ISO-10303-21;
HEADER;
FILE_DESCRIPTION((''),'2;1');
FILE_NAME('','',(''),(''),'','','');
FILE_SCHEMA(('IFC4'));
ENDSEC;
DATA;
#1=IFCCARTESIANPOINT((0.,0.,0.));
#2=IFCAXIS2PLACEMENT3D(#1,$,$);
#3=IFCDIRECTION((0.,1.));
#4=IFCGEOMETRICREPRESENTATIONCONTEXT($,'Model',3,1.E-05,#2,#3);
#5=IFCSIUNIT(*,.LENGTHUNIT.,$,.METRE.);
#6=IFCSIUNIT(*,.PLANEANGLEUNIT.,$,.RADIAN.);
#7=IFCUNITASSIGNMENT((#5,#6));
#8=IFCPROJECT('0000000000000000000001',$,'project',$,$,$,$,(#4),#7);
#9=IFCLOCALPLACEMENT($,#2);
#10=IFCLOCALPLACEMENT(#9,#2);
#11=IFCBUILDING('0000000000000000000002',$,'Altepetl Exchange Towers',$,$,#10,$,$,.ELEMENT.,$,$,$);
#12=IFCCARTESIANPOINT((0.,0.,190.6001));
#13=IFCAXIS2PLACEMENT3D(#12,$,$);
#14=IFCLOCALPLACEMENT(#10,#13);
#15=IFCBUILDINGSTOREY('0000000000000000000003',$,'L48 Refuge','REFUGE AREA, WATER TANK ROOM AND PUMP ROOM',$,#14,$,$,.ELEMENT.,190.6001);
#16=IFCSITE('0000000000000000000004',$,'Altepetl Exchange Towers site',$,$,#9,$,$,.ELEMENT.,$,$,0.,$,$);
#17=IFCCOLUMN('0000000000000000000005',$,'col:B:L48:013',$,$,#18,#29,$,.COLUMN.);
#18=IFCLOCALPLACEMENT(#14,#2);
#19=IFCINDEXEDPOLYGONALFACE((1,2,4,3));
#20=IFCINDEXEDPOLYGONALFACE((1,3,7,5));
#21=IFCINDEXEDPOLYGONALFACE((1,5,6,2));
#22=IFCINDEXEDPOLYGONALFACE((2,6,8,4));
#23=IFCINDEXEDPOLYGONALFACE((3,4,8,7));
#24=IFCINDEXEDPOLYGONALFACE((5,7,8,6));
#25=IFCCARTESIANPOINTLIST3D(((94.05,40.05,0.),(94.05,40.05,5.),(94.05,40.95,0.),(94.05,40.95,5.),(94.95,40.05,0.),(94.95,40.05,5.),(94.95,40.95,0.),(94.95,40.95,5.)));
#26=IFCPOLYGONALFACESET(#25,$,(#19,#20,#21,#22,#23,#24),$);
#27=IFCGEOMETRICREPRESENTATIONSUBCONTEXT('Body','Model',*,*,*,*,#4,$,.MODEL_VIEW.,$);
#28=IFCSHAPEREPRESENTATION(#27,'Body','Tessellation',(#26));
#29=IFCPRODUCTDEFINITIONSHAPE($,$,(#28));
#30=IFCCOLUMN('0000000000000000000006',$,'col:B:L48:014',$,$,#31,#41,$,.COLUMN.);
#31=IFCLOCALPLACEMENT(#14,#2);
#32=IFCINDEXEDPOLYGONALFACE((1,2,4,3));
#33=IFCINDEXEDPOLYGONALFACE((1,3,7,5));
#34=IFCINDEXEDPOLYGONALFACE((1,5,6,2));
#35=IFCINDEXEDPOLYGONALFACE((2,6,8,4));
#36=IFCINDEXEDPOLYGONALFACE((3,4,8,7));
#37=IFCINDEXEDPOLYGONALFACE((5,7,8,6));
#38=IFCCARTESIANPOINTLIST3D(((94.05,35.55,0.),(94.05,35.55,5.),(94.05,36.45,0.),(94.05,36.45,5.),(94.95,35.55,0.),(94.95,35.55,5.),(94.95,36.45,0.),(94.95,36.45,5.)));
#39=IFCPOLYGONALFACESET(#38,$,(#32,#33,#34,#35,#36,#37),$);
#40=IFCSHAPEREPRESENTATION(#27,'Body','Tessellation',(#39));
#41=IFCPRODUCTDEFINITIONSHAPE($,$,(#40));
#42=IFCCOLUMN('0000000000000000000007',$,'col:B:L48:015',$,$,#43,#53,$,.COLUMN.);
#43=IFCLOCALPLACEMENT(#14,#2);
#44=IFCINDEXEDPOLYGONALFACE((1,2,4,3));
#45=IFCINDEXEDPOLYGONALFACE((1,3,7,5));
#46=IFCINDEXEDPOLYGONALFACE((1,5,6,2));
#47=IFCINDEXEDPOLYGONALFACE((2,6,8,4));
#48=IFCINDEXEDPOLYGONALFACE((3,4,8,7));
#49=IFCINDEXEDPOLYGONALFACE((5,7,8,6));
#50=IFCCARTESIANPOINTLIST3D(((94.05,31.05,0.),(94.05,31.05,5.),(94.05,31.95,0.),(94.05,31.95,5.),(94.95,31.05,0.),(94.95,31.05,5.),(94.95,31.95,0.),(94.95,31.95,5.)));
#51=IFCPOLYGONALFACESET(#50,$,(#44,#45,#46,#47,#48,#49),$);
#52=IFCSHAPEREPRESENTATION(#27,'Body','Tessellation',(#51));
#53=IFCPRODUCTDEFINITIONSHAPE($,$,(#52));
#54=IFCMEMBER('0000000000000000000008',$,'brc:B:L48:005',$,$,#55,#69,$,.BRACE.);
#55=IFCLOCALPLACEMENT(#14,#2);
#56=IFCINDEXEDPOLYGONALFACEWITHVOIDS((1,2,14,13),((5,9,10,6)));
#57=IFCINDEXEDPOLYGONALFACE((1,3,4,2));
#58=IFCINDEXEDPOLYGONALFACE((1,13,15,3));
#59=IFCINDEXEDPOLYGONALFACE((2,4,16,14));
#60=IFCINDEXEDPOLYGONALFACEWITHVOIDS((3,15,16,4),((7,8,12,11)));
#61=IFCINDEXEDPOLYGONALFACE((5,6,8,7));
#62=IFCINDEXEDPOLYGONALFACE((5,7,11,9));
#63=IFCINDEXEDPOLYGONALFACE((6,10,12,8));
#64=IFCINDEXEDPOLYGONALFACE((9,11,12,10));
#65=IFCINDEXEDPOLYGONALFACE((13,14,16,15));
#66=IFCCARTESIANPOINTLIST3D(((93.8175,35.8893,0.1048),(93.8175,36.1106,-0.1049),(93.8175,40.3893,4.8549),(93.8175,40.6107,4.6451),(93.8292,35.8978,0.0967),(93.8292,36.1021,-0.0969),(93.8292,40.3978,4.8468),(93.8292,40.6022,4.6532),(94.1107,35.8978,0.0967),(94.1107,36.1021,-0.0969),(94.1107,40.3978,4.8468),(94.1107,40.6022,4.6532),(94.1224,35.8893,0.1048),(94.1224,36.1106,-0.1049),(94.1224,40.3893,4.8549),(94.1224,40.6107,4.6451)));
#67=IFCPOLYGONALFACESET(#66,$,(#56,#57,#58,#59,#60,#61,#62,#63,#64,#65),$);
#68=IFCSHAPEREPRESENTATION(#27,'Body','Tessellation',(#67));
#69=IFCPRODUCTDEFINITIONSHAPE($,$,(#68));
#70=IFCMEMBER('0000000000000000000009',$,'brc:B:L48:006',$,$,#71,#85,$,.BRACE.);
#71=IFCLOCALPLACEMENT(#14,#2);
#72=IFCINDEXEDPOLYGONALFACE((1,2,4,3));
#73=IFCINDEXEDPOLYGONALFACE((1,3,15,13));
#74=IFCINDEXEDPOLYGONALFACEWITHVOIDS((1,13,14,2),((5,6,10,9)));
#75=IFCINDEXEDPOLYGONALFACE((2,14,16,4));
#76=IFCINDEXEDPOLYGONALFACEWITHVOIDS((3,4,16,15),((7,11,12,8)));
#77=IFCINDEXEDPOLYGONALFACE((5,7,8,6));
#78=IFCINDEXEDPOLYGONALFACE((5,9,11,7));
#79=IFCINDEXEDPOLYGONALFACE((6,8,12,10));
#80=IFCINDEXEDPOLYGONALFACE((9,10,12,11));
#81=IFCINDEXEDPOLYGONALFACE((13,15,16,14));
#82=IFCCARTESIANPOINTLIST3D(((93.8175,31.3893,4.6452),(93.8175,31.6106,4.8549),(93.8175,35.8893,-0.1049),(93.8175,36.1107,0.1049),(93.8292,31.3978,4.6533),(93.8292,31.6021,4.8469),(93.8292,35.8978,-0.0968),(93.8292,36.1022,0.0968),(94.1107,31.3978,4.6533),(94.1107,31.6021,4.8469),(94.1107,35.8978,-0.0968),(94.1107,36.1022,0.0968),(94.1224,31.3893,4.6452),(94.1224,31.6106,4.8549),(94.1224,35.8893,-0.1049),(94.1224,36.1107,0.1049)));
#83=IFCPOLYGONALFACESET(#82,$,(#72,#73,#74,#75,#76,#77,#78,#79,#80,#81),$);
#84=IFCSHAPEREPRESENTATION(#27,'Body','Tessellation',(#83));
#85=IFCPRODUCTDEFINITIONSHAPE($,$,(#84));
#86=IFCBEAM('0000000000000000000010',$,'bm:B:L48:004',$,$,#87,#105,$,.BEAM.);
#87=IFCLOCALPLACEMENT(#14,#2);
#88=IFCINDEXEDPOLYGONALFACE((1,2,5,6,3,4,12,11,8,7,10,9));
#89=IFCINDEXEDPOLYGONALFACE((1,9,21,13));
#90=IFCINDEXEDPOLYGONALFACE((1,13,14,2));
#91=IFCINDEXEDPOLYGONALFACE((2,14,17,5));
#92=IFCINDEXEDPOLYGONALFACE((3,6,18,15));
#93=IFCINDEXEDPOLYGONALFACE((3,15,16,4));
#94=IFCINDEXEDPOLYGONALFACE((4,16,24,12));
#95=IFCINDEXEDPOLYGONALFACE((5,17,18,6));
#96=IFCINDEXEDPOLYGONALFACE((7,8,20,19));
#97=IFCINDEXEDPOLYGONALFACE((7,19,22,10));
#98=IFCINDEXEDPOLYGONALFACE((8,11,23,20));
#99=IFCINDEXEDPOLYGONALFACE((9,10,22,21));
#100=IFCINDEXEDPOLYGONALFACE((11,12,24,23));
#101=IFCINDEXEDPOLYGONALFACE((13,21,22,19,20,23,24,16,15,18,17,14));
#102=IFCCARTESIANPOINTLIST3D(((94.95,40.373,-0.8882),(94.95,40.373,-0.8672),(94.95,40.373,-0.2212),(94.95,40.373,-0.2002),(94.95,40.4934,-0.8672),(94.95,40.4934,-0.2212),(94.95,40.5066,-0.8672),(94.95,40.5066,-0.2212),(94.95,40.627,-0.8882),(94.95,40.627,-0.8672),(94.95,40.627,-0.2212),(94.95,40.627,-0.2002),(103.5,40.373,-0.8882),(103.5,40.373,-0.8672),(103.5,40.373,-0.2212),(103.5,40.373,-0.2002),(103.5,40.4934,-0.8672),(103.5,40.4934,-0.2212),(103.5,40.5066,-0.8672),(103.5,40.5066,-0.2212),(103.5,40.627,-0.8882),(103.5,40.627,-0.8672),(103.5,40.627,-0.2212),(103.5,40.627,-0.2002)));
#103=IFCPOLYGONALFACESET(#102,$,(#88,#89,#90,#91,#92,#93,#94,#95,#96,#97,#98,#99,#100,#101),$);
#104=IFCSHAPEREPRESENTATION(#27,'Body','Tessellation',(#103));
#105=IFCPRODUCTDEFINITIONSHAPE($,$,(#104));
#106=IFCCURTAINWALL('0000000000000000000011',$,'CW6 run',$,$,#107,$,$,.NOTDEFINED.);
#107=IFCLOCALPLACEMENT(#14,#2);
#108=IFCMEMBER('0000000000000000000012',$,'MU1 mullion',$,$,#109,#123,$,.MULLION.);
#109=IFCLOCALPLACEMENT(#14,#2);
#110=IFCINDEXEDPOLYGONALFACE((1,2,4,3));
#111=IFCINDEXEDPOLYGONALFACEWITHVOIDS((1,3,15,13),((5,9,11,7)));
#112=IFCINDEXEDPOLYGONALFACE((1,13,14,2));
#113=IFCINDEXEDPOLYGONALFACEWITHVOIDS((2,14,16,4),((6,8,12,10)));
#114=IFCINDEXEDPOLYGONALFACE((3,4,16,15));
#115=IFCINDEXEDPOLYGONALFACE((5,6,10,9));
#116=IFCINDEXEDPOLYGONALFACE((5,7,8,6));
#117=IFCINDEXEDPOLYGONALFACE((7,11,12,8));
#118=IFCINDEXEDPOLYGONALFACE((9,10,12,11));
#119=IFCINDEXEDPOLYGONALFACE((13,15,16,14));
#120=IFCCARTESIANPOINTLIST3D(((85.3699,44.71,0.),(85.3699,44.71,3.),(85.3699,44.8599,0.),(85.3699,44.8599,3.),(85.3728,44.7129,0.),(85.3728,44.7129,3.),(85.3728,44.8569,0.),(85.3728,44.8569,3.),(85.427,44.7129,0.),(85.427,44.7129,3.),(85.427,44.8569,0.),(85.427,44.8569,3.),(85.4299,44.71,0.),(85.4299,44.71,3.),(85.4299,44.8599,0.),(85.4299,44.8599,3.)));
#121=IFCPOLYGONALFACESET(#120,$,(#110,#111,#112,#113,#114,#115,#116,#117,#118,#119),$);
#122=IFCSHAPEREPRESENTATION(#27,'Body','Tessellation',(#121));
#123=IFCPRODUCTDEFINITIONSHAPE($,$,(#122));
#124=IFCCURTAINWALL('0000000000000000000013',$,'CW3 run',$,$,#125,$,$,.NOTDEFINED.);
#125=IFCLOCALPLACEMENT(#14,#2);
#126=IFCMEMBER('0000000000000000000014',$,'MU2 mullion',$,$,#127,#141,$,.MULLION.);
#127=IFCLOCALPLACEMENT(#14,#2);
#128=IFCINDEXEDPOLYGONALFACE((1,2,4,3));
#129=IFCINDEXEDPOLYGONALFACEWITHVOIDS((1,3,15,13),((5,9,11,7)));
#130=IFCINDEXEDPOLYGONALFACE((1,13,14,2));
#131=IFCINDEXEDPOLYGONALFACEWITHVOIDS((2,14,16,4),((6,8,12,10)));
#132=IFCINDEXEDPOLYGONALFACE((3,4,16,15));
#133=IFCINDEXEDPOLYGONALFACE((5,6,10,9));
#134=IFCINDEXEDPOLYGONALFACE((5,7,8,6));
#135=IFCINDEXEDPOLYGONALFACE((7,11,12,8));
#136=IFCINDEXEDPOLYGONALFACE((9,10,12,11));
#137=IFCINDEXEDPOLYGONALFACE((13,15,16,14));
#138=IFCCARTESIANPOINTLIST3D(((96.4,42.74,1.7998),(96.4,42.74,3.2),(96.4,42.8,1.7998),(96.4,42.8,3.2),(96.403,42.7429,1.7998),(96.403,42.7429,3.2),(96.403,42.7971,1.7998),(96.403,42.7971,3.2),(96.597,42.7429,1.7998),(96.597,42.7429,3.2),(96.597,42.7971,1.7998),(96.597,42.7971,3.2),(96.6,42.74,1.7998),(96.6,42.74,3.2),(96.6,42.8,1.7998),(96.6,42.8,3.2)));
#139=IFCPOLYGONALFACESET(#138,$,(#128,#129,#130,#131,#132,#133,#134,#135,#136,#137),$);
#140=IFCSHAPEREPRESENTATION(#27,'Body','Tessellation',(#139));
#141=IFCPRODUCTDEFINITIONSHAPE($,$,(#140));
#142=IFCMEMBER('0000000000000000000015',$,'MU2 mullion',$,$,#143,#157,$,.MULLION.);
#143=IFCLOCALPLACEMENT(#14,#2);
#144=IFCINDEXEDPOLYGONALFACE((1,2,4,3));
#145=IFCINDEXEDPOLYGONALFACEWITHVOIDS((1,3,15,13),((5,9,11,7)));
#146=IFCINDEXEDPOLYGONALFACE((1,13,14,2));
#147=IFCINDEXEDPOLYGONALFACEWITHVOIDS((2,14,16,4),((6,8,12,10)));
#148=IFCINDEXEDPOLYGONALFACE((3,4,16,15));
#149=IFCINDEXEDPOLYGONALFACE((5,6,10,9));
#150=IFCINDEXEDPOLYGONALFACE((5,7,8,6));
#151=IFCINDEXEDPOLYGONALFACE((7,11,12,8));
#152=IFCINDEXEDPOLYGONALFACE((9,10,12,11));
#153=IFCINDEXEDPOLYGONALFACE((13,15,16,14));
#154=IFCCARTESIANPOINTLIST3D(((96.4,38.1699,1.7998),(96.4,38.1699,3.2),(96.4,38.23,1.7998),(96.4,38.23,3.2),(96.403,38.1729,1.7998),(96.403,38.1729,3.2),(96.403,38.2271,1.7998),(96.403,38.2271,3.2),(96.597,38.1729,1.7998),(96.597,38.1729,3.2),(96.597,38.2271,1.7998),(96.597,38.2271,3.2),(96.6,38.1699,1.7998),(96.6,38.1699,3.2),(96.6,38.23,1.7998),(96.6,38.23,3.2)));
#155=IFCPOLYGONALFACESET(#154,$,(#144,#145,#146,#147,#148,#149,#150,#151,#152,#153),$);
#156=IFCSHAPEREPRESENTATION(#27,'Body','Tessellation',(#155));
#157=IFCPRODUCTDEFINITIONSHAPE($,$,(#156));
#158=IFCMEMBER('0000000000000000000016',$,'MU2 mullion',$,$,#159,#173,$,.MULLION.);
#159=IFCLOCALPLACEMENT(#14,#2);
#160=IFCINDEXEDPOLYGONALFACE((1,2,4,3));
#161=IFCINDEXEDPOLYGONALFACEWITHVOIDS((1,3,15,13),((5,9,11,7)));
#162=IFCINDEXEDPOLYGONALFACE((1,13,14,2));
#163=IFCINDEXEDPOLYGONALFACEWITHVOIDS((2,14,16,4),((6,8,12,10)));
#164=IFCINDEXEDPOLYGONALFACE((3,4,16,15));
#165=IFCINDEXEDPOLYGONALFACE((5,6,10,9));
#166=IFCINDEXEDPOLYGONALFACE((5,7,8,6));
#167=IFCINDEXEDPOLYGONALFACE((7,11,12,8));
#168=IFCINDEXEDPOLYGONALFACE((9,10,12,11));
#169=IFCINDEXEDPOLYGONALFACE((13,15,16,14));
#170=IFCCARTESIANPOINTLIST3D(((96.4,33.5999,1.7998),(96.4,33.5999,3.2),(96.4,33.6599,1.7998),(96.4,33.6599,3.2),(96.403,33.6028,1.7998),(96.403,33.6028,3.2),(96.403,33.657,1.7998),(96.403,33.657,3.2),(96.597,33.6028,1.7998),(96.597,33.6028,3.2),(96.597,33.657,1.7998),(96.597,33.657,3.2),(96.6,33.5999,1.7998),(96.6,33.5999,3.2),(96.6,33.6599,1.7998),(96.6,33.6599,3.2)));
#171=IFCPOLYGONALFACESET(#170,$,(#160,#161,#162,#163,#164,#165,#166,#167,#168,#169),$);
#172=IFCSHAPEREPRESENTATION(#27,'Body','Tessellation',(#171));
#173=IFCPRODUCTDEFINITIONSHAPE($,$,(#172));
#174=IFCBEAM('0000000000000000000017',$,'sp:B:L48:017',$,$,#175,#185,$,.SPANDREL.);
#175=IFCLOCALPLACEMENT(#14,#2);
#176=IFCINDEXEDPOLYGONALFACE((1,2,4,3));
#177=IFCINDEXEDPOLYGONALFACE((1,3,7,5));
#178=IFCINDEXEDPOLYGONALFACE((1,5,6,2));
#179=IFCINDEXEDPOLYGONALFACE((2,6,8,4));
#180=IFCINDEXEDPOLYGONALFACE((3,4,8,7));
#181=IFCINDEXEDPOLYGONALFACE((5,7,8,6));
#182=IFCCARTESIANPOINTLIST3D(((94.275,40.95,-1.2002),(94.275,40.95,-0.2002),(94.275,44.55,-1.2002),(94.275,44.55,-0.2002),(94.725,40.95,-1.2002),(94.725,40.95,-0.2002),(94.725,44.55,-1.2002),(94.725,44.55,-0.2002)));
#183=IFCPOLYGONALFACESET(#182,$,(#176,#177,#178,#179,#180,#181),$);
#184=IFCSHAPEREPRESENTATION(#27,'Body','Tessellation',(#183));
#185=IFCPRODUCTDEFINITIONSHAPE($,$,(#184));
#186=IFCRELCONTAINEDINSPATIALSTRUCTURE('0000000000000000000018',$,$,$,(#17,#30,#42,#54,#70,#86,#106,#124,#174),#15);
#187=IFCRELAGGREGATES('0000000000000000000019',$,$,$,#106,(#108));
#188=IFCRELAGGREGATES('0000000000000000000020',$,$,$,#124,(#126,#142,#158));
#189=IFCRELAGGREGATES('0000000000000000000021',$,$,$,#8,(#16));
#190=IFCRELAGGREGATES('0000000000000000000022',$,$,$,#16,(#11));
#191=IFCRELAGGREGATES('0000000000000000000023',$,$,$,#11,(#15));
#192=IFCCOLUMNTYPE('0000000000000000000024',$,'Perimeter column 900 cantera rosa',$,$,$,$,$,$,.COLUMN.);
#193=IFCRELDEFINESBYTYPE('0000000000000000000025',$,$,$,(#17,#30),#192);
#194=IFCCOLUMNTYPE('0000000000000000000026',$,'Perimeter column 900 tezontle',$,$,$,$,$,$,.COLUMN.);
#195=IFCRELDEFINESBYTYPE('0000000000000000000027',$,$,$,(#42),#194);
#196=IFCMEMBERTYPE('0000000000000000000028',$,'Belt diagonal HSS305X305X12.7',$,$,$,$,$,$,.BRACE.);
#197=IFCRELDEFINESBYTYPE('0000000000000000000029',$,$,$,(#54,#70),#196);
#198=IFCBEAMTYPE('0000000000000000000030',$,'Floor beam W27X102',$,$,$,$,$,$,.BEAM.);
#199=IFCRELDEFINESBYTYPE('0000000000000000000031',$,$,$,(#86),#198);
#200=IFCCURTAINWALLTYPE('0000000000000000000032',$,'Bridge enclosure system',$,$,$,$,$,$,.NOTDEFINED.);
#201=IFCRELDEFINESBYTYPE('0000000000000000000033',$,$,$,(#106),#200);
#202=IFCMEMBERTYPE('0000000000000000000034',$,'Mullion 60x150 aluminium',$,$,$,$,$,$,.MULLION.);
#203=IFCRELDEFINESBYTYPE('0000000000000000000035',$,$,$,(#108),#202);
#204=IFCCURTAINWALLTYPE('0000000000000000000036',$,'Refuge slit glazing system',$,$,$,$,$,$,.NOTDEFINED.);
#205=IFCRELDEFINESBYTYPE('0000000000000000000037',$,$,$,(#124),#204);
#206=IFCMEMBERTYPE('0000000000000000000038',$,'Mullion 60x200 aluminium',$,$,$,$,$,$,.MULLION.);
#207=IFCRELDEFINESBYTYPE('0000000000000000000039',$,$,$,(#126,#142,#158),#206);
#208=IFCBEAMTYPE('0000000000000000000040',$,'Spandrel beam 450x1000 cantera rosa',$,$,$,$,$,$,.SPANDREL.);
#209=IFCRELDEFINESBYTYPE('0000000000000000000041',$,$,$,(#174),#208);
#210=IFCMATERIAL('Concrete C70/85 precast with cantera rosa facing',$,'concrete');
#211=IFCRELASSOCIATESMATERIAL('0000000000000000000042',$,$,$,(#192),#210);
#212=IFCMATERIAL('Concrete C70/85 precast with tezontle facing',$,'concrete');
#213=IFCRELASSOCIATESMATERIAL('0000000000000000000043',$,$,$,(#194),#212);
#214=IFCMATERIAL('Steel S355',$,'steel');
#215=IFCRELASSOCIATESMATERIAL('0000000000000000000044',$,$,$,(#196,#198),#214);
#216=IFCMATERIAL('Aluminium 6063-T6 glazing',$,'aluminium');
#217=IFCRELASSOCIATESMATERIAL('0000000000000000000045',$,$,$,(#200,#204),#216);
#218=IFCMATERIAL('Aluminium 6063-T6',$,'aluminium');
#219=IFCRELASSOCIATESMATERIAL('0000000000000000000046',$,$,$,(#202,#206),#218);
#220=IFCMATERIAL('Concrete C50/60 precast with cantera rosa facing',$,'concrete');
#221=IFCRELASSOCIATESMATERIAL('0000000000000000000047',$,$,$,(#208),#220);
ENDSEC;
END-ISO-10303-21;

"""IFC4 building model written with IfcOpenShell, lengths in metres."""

from ifc_helpers import new_model, si_unit, direction, frame, origin, origin_2d, place, context, subcontext, project, spatial, rectangle, hollow_rectangle, i_section, extrude, material, material_profile, profile_set, type_object, element, aggregate, save


model = new_model("IFC4")

# Units and contexts
model_context = context("Model", 3, precision=1e-05, world=origin(), true_north=direction((0.0, 1.0)))
body_context = subcontext(model_context, "Body", "Model", "MODEL_VIEW")
ifc_project = project(units=[si_unit("LENGTHUNIT", "METRE"), si_unit("PLANEANGLEUNIT", "RADIAN")], contexts=[model_context])

# Site, building, storey
site_placement = place(None, origin())
site = spatial("IfcSite", under=ifc_project, at=site_placement, Name="Altepetl Exchange Towers site", CompositionType="ELEMENT", RefElevation=0.0)
building_placement = place(site_placement, origin())
building = spatial("IfcBuilding", under=site, at=building_placement, Name="Altepetl Exchange Towers", CompositionType="ELEMENT")
storey_placement = place(building_placement, frame((0.0, 0.0, 190.6001)))
storey = spatial("IfcBuildingStorey", under=building, at=storey_placement, Name="L48 Refuge", Description="REFUGE AREA, WATER TANK ROOM AND PUMP ROOM", CompositionType="ELEMENT", Elevation=190.6001)

# Columns
ifc_material_1 = material(Name="Concrete C70/85 precast with cantera rosa facing", Category="concrete")
ifc_material_profile_1 = material_profile(ifc_material_1, rectangle(XDim=0.8999, YDim=0.8999, at=origin_2d()), Name="900 x 900")
ifc_profile_set_1 = profile_set([ifc_material_profile_1], Name="Concrete C70/85 precast with cantera rosa facing")
column_type_1 = type_object("IfcColumnType", Name="Perimeter column 900 cantera rosa", PredefinedType="COLUMN", material=ifc_profile_set_1)
for number, where, name in (
    (1, (94.5, 40.5, 0.0), "col:B:L48:013"),
    (2, (94.5, 36.0, 0.0), "col:B:L48:014"),
):
    element("IfcColumn", number, at=place(storey_placement, frame(where)), inside=storey, type_object=column_type_1, Name=name, PredefinedType="COLUMN", context=body_context, shape_type="SweptSolid", body=[
        extrude(rectangle(XDim=0.8999, YDim=0.8999, at=origin_2d()), origin(), (0.0, 0.0, 1.0), 5.0),
    ])
ifc_material_2 = material(Name="Concrete C70/85 precast with tezontle facing", Category="concrete")
ifc_material_profile_2 = material_profile(ifc_material_2, rectangle(XDim=0.8999, YDim=0.8999, at=origin_2d()), Name="900 x 900")
ifc_profile_set_2 = profile_set([ifc_material_profile_2], Name="Concrete C70/85 precast with tezontle facing")
column_type_2 = type_object("IfcColumnType", Name="Perimeter column 900 tezontle", PredefinedType="COLUMN", material=ifc_profile_set_2)
column_placement = place(storey_placement, frame((94.5, 31.5, 0.0)))
element("IfcColumn", 3, at=column_placement, inside=storey, type_object=column_type_2, Name="col:B:L48:015", PredefinedType="COLUMN", context=body_context, shape_type="SweptSolid", body=[
    extrude(rectangle(XDim=0.8999, YDim=0.8999, at=origin_2d()), origin(), (0.0, 0.0, 1.0), 5.0),
])

# Members
ifc_material_3 = material(Name="Steel S355", Category="steel")
ifc_material_profile_3 = material_profile(ifc_material_3, hollow_rectangle(XDim=0.3049, YDim=0.3049, WallThickness=0.0117, at=origin_2d()), Name="HSS305X305X12.7")
ifc_profile_set_3 = profile_set([ifc_material_profile_3], Name="Steel S355")
member_type_1 = type_object("IfcMemberType", Name="Belt diagonal HSS305X305X12.7", PredefinedType="BRACE", material=ifc_profile_set_3)
for number, where, z_axis, x_axis, name in (
    (4, (93.97, 40.5, 4.75), (0.0, -0.687745, -0.725953), (1.0, 0.0, 0.0), "brc:B:L48:005"),
    (5, (93.97, 36.0, 0.0), (0.0, -0.687745, 0.725953), (1.0, 0.0, 0.0), "brc:B:L48:006"),
):
    element("IfcMember", number, at=place(storey_placement, frame(where, z_axis=z_axis, x_axis=x_axis)), inside=storey, type_object=member_type_1, Name=name, PredefinedType="BRACE", context=body_context, shape_type="SweptSolid", body=[
        extrude(hollow_rectangle(XDim=0.3049, YDim=0.3049, WallThickness=0.0117, at=origin_2d()), origin(), (0.0, 0.0, 1.0), 6.5432),
    ])

# Beam
ifc_material_profile_4 = material_profile(ifc_material_3, i_section(OverallWidth=0.2539, OverallDepth=0.688, WebThickness=0.0132, FlangeThickness=0.021, at=origin_2d()), Name="W27X102")
ifc_profile_set_4 = profile_set([ifc_material_profile_4], Name="Steel S355")
beam_type_1 = type_object("IfcBeamType", Name="Floor beam W27X102", PredefinedType="BEAM", material=ifc_profile_set_4)
beam_1_placement = place(storey_placement, frame((94.95, 40.5, -0.5442), z_axis=(1.0, 0.0, 0.0), x_axis=(0.0, 1.0, 0.0)))
element("IfcBeam", 6, at=beam_1_placement, inside=storey, type_object=beam_type_1, Name="bm:B:L48:004", PredefinedType="BEAM", context=body_context, shape_type="SweptSolid", body=[
    extrude(i_section(OverallWidth=0.2539, OverallDepth=0.688, WebThickness=0.0132, FlangeThickness=0.021, at=origin_2d()), origin(), (0.0, 0.0, 1.0), 8.55),
])

# Curtain wall, member
ifc_material_4 = material(Name="Aluminium 6063-T6 glazing", Category="aluminium")
curtain_wall_type_1 = type_object("IfcCurtainWallType", Name="Bridge enclosure system", PredefinedType="NOTDEFINED", material=ifc_material_4)
curtain_wall_1_placement = place(storey_placement, origin())
curtain_wall_1 = element("IfcCurtainWall", 7, at=curtain_wall_1_placement, inside=storey, type_object=curtain_wall_type_1, Name="CW6 run", PredefinedType="NOTDEFINED")
ifc_material_5 = material(Name="Aluminium 6063-T6", Category="aluminium")
ifc_material_profile_5 = material_profile(ifc_material_5, hollow_rectangle(XDim=0.0601, YDim=0.1499, WallThickness=0.0029, at=origin_2d()), Name="Mullion 60x150 aluminium")
ifc_profile_set_5 = profile_set([ifc_material_profile_5], Name="Aluminium 6063-T6")
member_type_2 = type_object("IfcMemberType", Name="Mullion 60x150 aluminium", PredefinedType="MULLION", material=ifc_profile_set_5)
member_1_placement = place(storey_placement, frame((85.3999, 44.7849, 0.0)))
member_1 = element("IfcMember", 8, at=member_1_placement, type_object=member_type_2, Name="MU1 mullion", PredefinedType="MULLION", context=body_context, shape_type="SweptSolid", body=[
    extrude(hollow_rectangle(XDim=0.0601, YDim=0.1499, WallThickness=0.0029, at=origin_2d()), origin(), (0.0, 0.0, 1.0), 3.0),
])

# Curtain wall, members
curtain_wall_type_2 = type_object("IfcCurtainWallType", Name="Refuge slit glazing system", PredefinedType="NOTDEFINED", material=ifc_material_4)
curtain_wall_2_placement = place(storey_placement, origin())
curtain_wall_2 = element("IfcCurtainWall", 9, at=curtain_wall_2_placement, inside=storey, type_object=curtain_wall_type_2, Name="CW3 run", PredefinedType="NOTDEFINED")
ifc_material_profile_6 = material_profile(ifc_material_5, hollow_rectangle(XDim=0.0601, YDim=0.2, WallThickness=0.0029, at=origin_2d()), Name="Mullion 60x200 aluminium")
ifc_profile_set_6 = profile_set([ifc_material_profile_6], Name="Aluminium 6063-T6")
member_type_3 = type_object("IfcMemberType", Name="Mullion 60x200 aluminium", PredefinedType="MULLION", material=ifc_profile_set_6)
member_2_placement = place(storey_placement, frame((96.5, 42.77, 1.7998), z_axis=(0.0, 0.0, 1.0), x_axis=(0.0, -1.0, 0.0)))
member_2 = element("IfcMember", 10, at=member_2_placement, type_object=member_type_3, Name="MU2 mullion", PredefinedType="MULLION", context=body_context, shape_type="SweptSolid", body=[
    extrude(hollow_rectangle(XDim=0.0601, YDim=0.2, WallThickness=0.0029, at=origin_2d()), origin(), (0.0, 0.0, 1.0), 1.4001),
])
member_3_placement = place(storey_placement, frame((96.5, 38.2, 1.7998), z_axis=(0.0, 0.0, 1.0), x_axis=(0.0, -1.0, 0.0)))
member_3 = element("IfcMember", 11, at=member_3_placement, type_object=member_type_3, Name="MU2 mullion", PredefinedType="MULLION", context=body_context, shape_type="SweptSolid", body=[
    extrude(hollow_rectangle(XDim=0.0601, YDim=0.2, WallThickness=0.0029, at=origin_2d()), origin(), (0.0, 0.0, 1.0), 1.4001),
])
member_4_placement = place(storey_placement, frame((96.5, 33.6299, 1.7998), z_axis=(0.0, 0.0, 1.0), x_axis=(0.0, -1.0, 0.0)))
member_4 = element("IfcMember", 12, at=member_4_placement, type_object=member_type_3, Name="MU2 mullion", PredefinedType="MULLION", context=body_context, shape_type="SweptSolid", body=[
    extrude(hollow_rectangle(XDim=0.0601, YDim=0.2, WallThickness=0.0029, at=origin_2d()), origin(), (0.0, 0.0, 1.0), 1.4001),
])

# Beam
ifc_material_6 = material(Name="Concrete C50/60 precast with cantera rosa facing", Category="concrete")
ifc_material_profile_7 = material_profile(ifc_material_6, rectangle(XDim=0.45, YDim=1.0, at=origin_2d()), Name="450 x 1000")
ifc_profile_set_7 = profile_set([ifc_material_profile_7], Name="Concrete C50/60 precast with cantera rosa facing")
beam_type_2 = type_object("IfcBeamType", Name="Spandrel beam 450x1000 cantera rosa", PredefinedType="SPANDREL", material=ifc_profile_set_7)
for number, where, z_axis, x_axis, name in (
    (13, (94.5, 44.55, -0.7002), (0.0, -1.0, 0.0), (1.0, 0.0, 0.0), "sp:B:L48:017"),
):
    element("IfcBeam", number, at=place(storey_placement, frame(where, z_axis=z_axis, x_axis=x_axis)), inside=storey, type_object=beam_type_2, Name=name, PredefinedType="SPANDREL", context=body_context, shape_type="SweptSolid", body=[
        extrude(rectangle(XDim=0.45, YDim=1.0, at=origin_2d()), origin(), (0.0, 0.0, 1.0), 3.6001),
    ])

aggregate(curtain_wall_1, [member_1])
aggregate(curtain_wall_2, [member_2, member_3, member_4])

save(model, "model.ifc")
